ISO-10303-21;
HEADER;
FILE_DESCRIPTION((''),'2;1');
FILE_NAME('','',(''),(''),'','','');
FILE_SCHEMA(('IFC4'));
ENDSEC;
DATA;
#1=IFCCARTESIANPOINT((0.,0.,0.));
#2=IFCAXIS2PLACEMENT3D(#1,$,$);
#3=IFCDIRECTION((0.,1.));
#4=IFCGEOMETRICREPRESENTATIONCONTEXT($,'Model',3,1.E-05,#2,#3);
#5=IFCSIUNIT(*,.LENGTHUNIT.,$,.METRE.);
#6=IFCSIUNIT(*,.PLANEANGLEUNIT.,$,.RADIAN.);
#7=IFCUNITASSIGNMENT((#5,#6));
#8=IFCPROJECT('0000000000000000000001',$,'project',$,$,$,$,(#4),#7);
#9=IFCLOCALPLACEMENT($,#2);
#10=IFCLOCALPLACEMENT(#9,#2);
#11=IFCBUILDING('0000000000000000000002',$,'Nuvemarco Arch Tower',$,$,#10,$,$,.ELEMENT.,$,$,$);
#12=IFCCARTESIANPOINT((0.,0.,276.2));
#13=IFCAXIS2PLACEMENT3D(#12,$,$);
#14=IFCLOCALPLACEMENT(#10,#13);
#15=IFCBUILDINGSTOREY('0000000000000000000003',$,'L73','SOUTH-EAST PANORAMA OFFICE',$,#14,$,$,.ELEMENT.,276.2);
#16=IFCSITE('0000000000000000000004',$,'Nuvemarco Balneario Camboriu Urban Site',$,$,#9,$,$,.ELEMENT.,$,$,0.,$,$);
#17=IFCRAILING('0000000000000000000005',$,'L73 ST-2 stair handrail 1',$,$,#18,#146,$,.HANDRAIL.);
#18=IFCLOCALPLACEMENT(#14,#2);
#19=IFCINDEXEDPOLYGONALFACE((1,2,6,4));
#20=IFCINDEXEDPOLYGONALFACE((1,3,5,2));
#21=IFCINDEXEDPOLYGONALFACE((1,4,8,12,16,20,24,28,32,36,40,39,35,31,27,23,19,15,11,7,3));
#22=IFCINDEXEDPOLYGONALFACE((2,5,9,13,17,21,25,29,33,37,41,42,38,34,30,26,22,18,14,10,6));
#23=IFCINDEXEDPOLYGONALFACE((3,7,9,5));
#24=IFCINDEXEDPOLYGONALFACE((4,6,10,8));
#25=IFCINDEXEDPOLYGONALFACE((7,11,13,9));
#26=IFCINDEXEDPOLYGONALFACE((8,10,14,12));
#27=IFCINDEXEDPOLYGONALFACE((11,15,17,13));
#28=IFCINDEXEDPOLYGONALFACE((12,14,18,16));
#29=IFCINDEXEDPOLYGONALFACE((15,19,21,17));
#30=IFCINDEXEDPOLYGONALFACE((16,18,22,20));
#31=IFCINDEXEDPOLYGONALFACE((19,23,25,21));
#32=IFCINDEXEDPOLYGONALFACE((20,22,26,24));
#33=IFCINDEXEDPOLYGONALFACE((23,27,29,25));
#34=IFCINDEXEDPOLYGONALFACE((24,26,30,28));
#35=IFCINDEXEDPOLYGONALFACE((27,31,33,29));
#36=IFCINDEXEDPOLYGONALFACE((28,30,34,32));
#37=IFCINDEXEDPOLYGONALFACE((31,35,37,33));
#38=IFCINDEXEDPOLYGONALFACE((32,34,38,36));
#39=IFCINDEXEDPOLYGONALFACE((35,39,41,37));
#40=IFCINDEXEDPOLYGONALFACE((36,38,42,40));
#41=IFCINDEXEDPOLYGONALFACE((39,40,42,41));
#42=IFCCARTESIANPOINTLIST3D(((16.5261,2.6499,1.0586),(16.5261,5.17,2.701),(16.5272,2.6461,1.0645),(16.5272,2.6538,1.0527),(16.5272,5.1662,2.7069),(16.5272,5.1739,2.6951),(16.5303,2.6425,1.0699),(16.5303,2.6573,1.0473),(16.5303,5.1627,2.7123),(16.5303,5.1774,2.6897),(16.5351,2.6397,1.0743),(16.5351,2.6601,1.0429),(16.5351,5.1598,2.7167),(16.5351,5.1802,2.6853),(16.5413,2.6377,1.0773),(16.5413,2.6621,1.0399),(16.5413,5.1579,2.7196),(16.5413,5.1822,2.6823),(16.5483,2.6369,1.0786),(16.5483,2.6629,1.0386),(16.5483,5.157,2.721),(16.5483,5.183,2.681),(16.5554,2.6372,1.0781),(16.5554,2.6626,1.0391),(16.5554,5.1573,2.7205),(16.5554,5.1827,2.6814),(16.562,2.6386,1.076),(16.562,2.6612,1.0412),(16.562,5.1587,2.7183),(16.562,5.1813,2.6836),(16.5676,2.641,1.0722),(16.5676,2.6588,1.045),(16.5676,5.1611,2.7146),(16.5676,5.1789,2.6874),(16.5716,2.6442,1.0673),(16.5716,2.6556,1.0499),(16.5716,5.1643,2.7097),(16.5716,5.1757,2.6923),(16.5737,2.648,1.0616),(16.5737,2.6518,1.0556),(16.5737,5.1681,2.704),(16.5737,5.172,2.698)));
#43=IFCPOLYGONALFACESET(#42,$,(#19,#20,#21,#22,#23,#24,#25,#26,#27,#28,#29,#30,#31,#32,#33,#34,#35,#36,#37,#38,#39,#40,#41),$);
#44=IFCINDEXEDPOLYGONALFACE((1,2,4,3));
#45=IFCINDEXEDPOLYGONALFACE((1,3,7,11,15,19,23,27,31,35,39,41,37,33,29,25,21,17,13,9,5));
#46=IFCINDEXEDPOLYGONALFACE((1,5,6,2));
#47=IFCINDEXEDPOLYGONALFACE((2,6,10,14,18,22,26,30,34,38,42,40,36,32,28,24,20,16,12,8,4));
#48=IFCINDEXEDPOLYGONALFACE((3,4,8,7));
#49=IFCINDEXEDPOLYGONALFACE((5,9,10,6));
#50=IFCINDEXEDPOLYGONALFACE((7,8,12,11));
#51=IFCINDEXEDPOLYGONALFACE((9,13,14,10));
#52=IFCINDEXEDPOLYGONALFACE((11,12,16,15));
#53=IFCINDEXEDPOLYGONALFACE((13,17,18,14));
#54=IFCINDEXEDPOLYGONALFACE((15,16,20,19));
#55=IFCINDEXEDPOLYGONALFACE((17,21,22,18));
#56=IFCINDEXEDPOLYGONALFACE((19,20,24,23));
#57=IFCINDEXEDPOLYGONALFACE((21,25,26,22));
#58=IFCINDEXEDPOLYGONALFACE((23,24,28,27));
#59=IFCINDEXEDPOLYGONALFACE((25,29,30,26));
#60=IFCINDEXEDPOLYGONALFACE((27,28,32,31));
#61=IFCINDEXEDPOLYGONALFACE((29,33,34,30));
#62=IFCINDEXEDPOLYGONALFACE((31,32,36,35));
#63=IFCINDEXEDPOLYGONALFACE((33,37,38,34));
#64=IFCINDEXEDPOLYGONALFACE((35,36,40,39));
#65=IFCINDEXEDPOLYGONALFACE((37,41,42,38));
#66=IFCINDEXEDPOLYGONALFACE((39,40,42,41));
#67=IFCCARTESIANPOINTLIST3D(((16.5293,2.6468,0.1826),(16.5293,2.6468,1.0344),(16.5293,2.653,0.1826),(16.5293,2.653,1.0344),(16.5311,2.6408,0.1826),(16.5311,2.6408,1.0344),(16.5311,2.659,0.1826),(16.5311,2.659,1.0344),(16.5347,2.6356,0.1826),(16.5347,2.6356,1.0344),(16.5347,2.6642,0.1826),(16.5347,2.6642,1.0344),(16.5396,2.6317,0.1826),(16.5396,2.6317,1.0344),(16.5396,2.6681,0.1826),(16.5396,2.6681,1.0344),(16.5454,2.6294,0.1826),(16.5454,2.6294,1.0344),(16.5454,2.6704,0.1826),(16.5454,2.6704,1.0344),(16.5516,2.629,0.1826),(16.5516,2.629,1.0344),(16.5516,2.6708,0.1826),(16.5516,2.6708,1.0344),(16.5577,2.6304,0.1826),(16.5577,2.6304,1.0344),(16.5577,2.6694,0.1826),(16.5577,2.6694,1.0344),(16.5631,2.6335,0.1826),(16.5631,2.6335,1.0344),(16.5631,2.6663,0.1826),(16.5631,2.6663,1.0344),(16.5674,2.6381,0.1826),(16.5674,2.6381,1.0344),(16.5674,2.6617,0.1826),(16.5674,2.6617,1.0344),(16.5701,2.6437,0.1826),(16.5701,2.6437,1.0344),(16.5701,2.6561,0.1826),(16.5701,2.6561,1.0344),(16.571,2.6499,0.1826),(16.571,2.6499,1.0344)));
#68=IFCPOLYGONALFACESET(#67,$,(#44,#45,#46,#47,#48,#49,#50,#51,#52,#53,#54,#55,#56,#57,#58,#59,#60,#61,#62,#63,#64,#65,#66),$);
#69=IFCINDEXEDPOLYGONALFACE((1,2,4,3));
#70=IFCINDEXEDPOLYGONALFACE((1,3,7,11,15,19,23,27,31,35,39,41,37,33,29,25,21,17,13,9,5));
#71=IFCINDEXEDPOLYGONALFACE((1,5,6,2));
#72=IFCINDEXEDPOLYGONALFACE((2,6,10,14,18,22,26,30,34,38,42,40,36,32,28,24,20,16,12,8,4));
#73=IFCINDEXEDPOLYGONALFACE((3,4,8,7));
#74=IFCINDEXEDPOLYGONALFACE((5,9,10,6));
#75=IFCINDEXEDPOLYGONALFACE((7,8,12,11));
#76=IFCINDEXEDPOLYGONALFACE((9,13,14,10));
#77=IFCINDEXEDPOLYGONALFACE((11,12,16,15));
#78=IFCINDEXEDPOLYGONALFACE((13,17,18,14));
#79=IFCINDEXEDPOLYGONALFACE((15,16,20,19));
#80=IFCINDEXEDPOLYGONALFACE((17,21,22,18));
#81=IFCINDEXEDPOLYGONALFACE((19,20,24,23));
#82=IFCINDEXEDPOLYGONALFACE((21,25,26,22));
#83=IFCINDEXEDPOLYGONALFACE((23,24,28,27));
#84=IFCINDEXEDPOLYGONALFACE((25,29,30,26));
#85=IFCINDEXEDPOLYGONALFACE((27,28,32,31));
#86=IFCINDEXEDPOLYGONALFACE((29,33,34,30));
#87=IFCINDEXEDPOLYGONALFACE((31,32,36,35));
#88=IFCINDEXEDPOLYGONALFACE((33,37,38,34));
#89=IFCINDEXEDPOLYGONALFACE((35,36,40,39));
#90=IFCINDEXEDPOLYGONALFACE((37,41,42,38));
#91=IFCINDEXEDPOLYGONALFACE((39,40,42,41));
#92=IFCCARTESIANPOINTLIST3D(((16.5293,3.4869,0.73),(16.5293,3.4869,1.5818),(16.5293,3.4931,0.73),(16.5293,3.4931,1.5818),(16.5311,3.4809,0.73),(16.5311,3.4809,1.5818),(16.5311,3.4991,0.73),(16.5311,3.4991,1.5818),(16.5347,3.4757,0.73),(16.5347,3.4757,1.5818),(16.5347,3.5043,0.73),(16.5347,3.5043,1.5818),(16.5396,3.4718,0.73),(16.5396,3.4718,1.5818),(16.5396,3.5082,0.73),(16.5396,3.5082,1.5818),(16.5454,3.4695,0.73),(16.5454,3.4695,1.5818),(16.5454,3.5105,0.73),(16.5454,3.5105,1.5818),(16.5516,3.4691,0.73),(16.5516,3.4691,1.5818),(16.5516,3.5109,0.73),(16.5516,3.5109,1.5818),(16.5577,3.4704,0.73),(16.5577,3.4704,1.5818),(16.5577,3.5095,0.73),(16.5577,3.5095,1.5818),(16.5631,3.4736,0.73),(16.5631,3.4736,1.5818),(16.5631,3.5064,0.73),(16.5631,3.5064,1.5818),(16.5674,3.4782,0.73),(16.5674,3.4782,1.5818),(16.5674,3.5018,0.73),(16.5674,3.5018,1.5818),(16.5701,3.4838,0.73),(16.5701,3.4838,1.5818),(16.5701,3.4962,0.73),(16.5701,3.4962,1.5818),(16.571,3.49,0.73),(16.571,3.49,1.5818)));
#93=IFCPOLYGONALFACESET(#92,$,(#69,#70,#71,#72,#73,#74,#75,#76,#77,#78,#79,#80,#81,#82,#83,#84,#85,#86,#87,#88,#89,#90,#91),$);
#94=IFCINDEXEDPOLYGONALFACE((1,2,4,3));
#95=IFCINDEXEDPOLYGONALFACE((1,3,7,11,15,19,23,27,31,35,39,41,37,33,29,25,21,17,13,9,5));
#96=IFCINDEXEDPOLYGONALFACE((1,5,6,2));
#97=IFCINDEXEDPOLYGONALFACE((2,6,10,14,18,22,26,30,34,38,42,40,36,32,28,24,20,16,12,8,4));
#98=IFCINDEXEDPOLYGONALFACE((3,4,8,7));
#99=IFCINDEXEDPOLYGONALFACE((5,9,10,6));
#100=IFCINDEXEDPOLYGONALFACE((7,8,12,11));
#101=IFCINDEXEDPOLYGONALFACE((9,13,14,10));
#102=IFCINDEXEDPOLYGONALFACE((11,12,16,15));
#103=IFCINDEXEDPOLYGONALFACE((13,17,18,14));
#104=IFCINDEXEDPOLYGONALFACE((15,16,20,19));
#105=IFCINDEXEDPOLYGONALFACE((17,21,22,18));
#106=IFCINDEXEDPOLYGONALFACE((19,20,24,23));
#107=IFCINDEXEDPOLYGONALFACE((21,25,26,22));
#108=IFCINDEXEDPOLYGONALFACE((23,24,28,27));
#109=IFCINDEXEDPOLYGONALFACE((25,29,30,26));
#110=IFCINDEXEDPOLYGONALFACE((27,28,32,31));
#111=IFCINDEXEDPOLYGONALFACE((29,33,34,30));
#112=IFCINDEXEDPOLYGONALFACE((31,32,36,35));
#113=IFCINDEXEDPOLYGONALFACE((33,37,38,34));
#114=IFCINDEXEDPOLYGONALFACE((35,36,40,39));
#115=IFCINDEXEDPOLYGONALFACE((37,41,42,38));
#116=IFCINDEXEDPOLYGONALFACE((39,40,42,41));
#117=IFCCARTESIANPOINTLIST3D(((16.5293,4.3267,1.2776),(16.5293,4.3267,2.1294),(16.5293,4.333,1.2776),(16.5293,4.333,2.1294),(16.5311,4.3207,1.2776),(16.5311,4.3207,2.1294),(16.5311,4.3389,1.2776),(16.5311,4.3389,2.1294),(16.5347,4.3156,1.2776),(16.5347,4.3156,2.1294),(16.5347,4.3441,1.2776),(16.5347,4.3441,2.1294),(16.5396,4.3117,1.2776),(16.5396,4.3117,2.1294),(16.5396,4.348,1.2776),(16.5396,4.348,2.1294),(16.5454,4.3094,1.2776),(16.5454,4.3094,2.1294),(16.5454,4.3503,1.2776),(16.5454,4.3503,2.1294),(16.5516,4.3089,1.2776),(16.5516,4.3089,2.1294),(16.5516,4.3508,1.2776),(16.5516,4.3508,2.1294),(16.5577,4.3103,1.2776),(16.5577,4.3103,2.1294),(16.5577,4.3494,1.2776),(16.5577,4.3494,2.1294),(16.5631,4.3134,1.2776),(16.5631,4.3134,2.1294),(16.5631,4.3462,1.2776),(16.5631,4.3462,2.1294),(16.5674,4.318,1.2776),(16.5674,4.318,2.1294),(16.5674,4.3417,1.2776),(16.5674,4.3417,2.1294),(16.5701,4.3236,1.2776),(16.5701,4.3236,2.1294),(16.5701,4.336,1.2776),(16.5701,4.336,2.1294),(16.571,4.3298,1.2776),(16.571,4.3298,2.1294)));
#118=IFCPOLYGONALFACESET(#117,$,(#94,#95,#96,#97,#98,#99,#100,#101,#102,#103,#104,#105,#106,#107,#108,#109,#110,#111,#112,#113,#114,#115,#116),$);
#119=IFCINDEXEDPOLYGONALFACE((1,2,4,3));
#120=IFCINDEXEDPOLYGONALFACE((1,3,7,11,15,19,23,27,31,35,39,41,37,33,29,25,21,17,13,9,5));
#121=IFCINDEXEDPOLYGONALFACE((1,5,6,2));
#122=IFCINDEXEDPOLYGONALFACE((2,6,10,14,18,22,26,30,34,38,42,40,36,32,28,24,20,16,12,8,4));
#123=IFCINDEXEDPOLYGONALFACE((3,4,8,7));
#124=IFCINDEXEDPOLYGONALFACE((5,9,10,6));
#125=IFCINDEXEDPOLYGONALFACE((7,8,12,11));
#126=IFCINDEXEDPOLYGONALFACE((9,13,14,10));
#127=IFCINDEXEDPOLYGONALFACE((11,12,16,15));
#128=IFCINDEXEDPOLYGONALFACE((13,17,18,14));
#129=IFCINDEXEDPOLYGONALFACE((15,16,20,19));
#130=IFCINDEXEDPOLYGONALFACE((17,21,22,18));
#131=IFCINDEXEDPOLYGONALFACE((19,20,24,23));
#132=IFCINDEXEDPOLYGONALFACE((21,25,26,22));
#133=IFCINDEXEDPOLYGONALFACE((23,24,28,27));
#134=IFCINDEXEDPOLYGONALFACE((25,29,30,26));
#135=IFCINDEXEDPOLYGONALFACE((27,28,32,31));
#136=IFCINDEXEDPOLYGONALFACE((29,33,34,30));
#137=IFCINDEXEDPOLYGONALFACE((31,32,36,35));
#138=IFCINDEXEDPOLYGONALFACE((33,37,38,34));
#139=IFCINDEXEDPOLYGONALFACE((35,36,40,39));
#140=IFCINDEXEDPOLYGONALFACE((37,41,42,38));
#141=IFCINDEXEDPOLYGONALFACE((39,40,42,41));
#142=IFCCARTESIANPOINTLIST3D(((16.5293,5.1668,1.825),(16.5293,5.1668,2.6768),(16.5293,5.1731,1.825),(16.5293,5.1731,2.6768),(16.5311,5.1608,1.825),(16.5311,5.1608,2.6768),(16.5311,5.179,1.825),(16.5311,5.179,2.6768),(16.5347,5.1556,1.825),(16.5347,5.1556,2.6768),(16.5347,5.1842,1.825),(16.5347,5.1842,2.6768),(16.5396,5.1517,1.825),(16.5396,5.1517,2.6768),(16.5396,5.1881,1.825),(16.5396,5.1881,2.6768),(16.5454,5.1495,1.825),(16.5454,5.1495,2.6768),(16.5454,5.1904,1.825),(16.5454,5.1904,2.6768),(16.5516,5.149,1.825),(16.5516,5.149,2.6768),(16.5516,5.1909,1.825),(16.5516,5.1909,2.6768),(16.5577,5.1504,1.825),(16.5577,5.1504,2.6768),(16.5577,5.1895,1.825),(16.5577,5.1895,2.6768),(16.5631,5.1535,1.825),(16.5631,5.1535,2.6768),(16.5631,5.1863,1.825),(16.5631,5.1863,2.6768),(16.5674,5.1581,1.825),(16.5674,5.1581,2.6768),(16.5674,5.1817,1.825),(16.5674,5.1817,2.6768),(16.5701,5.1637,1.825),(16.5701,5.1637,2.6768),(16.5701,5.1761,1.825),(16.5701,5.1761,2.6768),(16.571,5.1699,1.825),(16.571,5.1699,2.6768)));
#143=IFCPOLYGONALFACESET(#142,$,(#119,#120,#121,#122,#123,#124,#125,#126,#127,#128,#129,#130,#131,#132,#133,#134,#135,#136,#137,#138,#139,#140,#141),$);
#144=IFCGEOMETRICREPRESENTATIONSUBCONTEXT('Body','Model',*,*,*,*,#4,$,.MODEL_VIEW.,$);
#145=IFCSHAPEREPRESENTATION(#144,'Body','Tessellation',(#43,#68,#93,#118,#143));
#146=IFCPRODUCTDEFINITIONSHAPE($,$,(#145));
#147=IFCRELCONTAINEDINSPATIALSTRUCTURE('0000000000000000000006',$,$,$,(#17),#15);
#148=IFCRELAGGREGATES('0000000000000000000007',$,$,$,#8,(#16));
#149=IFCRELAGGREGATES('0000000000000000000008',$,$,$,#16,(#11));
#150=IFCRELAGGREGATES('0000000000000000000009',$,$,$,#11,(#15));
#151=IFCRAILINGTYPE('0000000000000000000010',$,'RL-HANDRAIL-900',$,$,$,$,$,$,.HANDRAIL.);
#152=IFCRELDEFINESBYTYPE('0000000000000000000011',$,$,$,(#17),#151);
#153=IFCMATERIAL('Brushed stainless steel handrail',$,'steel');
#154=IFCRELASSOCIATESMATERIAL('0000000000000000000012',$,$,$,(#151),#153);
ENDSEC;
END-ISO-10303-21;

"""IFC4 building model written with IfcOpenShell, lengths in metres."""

from ifc_helpers import new_model, si_unit, direction, frame, origin, origin_2d, place, context, subcontext, project, spatial, circle, extrude, material, type_object, element, save


model = new_model("IFC4")

# Units and contexts
model_context = context("Model", 3, precision=1e-05, world=origin(), true_north=direction((0.0, 1.0)))
body_context = subcontext(model_context, "Body", "Model", "MODEL_VIEW")
ifc_project = project(units=[si_unit("LENGTHUNIT", "METRE"), si_unit("PLANEANGLEUNIT", "RADIAN")], contexts=[model_context])

# Site, building, storey
site_placement = place(None, origin())
site = spatial("IfcSite", under=ifc_project, at=site_placement, Name="Nuvemarco Balneario Camboriu Urban Site", CompositionType="ELEMENT", RefElevation=0.0)
building_placement = place(site_placement, origin())
building = spatial("IfcBuilding", under=site, at=building_placement, Name="Nuvemarco Arch Tower", CompositionType="ELEMENT")
storey_placement = place(building_placement, frame((0.0, 0.0, 276.2)))
storey = spatial("IfcBuildingStorey", under=building, at=storey_placement, Name="L73", Description="SOUTH-EAST PANORAMA OFFICE", CompositionType="ELEMENT", Elevation=276.2)

# Railing
ifc_material_1 = material(Name="Brushed stainless steel handrail", Category="steel")
railing_type_1 = type_object("IfcRailingType", Name="RL-HANDRAIL-900", PredefinedType="HANDRAIL", material=ifc_material_1)
railing_1_placement = place(storey_placement, frame((16.55, 2.6499, 0.1826)))
element("IfcRailing", 1, at=railing_1_placement, inside=storey, type_object=railing_type_1, Name="L73 ST-2 stair handrail 1", PredefinedType="HANDRAIL", context=body_context, shape_type="SweptSolid", body=[
    extrude(circle(Radius=0.0239, at=origin_2d()), frame((0.0, 0.0, 0.876), z_axis=(0.0, 0.837787, 0.545998), x_axis=(-1.0, 0.0, 0.0)), (0.0, 0.0, 1.0), 3.0081),
    extrude(circle(Radius=0.021, at=origin_2d()), origin(), (0.0, 0.0, 1.0), 0.8518),
    extrude(circle(Radius=0.021, at=origin_2d()), frame((0.0, 0.8401, 0.5474)), (0.0, 0.0, 1.0), 0.8518),
    extrude(circle(Radius=0.021, at=origin_2d()), frame((0.0, 1.6799, 1.095)), (0.0, 0.0, 1.0), 0.8518),
    extrude(circle(Radius=0.021, at=origin_2d()), frame((0.0, 2.52, 1.6423)), (0.0, 0.0, 1.0), 0.8518),
])

save(model, "model.ifc")
